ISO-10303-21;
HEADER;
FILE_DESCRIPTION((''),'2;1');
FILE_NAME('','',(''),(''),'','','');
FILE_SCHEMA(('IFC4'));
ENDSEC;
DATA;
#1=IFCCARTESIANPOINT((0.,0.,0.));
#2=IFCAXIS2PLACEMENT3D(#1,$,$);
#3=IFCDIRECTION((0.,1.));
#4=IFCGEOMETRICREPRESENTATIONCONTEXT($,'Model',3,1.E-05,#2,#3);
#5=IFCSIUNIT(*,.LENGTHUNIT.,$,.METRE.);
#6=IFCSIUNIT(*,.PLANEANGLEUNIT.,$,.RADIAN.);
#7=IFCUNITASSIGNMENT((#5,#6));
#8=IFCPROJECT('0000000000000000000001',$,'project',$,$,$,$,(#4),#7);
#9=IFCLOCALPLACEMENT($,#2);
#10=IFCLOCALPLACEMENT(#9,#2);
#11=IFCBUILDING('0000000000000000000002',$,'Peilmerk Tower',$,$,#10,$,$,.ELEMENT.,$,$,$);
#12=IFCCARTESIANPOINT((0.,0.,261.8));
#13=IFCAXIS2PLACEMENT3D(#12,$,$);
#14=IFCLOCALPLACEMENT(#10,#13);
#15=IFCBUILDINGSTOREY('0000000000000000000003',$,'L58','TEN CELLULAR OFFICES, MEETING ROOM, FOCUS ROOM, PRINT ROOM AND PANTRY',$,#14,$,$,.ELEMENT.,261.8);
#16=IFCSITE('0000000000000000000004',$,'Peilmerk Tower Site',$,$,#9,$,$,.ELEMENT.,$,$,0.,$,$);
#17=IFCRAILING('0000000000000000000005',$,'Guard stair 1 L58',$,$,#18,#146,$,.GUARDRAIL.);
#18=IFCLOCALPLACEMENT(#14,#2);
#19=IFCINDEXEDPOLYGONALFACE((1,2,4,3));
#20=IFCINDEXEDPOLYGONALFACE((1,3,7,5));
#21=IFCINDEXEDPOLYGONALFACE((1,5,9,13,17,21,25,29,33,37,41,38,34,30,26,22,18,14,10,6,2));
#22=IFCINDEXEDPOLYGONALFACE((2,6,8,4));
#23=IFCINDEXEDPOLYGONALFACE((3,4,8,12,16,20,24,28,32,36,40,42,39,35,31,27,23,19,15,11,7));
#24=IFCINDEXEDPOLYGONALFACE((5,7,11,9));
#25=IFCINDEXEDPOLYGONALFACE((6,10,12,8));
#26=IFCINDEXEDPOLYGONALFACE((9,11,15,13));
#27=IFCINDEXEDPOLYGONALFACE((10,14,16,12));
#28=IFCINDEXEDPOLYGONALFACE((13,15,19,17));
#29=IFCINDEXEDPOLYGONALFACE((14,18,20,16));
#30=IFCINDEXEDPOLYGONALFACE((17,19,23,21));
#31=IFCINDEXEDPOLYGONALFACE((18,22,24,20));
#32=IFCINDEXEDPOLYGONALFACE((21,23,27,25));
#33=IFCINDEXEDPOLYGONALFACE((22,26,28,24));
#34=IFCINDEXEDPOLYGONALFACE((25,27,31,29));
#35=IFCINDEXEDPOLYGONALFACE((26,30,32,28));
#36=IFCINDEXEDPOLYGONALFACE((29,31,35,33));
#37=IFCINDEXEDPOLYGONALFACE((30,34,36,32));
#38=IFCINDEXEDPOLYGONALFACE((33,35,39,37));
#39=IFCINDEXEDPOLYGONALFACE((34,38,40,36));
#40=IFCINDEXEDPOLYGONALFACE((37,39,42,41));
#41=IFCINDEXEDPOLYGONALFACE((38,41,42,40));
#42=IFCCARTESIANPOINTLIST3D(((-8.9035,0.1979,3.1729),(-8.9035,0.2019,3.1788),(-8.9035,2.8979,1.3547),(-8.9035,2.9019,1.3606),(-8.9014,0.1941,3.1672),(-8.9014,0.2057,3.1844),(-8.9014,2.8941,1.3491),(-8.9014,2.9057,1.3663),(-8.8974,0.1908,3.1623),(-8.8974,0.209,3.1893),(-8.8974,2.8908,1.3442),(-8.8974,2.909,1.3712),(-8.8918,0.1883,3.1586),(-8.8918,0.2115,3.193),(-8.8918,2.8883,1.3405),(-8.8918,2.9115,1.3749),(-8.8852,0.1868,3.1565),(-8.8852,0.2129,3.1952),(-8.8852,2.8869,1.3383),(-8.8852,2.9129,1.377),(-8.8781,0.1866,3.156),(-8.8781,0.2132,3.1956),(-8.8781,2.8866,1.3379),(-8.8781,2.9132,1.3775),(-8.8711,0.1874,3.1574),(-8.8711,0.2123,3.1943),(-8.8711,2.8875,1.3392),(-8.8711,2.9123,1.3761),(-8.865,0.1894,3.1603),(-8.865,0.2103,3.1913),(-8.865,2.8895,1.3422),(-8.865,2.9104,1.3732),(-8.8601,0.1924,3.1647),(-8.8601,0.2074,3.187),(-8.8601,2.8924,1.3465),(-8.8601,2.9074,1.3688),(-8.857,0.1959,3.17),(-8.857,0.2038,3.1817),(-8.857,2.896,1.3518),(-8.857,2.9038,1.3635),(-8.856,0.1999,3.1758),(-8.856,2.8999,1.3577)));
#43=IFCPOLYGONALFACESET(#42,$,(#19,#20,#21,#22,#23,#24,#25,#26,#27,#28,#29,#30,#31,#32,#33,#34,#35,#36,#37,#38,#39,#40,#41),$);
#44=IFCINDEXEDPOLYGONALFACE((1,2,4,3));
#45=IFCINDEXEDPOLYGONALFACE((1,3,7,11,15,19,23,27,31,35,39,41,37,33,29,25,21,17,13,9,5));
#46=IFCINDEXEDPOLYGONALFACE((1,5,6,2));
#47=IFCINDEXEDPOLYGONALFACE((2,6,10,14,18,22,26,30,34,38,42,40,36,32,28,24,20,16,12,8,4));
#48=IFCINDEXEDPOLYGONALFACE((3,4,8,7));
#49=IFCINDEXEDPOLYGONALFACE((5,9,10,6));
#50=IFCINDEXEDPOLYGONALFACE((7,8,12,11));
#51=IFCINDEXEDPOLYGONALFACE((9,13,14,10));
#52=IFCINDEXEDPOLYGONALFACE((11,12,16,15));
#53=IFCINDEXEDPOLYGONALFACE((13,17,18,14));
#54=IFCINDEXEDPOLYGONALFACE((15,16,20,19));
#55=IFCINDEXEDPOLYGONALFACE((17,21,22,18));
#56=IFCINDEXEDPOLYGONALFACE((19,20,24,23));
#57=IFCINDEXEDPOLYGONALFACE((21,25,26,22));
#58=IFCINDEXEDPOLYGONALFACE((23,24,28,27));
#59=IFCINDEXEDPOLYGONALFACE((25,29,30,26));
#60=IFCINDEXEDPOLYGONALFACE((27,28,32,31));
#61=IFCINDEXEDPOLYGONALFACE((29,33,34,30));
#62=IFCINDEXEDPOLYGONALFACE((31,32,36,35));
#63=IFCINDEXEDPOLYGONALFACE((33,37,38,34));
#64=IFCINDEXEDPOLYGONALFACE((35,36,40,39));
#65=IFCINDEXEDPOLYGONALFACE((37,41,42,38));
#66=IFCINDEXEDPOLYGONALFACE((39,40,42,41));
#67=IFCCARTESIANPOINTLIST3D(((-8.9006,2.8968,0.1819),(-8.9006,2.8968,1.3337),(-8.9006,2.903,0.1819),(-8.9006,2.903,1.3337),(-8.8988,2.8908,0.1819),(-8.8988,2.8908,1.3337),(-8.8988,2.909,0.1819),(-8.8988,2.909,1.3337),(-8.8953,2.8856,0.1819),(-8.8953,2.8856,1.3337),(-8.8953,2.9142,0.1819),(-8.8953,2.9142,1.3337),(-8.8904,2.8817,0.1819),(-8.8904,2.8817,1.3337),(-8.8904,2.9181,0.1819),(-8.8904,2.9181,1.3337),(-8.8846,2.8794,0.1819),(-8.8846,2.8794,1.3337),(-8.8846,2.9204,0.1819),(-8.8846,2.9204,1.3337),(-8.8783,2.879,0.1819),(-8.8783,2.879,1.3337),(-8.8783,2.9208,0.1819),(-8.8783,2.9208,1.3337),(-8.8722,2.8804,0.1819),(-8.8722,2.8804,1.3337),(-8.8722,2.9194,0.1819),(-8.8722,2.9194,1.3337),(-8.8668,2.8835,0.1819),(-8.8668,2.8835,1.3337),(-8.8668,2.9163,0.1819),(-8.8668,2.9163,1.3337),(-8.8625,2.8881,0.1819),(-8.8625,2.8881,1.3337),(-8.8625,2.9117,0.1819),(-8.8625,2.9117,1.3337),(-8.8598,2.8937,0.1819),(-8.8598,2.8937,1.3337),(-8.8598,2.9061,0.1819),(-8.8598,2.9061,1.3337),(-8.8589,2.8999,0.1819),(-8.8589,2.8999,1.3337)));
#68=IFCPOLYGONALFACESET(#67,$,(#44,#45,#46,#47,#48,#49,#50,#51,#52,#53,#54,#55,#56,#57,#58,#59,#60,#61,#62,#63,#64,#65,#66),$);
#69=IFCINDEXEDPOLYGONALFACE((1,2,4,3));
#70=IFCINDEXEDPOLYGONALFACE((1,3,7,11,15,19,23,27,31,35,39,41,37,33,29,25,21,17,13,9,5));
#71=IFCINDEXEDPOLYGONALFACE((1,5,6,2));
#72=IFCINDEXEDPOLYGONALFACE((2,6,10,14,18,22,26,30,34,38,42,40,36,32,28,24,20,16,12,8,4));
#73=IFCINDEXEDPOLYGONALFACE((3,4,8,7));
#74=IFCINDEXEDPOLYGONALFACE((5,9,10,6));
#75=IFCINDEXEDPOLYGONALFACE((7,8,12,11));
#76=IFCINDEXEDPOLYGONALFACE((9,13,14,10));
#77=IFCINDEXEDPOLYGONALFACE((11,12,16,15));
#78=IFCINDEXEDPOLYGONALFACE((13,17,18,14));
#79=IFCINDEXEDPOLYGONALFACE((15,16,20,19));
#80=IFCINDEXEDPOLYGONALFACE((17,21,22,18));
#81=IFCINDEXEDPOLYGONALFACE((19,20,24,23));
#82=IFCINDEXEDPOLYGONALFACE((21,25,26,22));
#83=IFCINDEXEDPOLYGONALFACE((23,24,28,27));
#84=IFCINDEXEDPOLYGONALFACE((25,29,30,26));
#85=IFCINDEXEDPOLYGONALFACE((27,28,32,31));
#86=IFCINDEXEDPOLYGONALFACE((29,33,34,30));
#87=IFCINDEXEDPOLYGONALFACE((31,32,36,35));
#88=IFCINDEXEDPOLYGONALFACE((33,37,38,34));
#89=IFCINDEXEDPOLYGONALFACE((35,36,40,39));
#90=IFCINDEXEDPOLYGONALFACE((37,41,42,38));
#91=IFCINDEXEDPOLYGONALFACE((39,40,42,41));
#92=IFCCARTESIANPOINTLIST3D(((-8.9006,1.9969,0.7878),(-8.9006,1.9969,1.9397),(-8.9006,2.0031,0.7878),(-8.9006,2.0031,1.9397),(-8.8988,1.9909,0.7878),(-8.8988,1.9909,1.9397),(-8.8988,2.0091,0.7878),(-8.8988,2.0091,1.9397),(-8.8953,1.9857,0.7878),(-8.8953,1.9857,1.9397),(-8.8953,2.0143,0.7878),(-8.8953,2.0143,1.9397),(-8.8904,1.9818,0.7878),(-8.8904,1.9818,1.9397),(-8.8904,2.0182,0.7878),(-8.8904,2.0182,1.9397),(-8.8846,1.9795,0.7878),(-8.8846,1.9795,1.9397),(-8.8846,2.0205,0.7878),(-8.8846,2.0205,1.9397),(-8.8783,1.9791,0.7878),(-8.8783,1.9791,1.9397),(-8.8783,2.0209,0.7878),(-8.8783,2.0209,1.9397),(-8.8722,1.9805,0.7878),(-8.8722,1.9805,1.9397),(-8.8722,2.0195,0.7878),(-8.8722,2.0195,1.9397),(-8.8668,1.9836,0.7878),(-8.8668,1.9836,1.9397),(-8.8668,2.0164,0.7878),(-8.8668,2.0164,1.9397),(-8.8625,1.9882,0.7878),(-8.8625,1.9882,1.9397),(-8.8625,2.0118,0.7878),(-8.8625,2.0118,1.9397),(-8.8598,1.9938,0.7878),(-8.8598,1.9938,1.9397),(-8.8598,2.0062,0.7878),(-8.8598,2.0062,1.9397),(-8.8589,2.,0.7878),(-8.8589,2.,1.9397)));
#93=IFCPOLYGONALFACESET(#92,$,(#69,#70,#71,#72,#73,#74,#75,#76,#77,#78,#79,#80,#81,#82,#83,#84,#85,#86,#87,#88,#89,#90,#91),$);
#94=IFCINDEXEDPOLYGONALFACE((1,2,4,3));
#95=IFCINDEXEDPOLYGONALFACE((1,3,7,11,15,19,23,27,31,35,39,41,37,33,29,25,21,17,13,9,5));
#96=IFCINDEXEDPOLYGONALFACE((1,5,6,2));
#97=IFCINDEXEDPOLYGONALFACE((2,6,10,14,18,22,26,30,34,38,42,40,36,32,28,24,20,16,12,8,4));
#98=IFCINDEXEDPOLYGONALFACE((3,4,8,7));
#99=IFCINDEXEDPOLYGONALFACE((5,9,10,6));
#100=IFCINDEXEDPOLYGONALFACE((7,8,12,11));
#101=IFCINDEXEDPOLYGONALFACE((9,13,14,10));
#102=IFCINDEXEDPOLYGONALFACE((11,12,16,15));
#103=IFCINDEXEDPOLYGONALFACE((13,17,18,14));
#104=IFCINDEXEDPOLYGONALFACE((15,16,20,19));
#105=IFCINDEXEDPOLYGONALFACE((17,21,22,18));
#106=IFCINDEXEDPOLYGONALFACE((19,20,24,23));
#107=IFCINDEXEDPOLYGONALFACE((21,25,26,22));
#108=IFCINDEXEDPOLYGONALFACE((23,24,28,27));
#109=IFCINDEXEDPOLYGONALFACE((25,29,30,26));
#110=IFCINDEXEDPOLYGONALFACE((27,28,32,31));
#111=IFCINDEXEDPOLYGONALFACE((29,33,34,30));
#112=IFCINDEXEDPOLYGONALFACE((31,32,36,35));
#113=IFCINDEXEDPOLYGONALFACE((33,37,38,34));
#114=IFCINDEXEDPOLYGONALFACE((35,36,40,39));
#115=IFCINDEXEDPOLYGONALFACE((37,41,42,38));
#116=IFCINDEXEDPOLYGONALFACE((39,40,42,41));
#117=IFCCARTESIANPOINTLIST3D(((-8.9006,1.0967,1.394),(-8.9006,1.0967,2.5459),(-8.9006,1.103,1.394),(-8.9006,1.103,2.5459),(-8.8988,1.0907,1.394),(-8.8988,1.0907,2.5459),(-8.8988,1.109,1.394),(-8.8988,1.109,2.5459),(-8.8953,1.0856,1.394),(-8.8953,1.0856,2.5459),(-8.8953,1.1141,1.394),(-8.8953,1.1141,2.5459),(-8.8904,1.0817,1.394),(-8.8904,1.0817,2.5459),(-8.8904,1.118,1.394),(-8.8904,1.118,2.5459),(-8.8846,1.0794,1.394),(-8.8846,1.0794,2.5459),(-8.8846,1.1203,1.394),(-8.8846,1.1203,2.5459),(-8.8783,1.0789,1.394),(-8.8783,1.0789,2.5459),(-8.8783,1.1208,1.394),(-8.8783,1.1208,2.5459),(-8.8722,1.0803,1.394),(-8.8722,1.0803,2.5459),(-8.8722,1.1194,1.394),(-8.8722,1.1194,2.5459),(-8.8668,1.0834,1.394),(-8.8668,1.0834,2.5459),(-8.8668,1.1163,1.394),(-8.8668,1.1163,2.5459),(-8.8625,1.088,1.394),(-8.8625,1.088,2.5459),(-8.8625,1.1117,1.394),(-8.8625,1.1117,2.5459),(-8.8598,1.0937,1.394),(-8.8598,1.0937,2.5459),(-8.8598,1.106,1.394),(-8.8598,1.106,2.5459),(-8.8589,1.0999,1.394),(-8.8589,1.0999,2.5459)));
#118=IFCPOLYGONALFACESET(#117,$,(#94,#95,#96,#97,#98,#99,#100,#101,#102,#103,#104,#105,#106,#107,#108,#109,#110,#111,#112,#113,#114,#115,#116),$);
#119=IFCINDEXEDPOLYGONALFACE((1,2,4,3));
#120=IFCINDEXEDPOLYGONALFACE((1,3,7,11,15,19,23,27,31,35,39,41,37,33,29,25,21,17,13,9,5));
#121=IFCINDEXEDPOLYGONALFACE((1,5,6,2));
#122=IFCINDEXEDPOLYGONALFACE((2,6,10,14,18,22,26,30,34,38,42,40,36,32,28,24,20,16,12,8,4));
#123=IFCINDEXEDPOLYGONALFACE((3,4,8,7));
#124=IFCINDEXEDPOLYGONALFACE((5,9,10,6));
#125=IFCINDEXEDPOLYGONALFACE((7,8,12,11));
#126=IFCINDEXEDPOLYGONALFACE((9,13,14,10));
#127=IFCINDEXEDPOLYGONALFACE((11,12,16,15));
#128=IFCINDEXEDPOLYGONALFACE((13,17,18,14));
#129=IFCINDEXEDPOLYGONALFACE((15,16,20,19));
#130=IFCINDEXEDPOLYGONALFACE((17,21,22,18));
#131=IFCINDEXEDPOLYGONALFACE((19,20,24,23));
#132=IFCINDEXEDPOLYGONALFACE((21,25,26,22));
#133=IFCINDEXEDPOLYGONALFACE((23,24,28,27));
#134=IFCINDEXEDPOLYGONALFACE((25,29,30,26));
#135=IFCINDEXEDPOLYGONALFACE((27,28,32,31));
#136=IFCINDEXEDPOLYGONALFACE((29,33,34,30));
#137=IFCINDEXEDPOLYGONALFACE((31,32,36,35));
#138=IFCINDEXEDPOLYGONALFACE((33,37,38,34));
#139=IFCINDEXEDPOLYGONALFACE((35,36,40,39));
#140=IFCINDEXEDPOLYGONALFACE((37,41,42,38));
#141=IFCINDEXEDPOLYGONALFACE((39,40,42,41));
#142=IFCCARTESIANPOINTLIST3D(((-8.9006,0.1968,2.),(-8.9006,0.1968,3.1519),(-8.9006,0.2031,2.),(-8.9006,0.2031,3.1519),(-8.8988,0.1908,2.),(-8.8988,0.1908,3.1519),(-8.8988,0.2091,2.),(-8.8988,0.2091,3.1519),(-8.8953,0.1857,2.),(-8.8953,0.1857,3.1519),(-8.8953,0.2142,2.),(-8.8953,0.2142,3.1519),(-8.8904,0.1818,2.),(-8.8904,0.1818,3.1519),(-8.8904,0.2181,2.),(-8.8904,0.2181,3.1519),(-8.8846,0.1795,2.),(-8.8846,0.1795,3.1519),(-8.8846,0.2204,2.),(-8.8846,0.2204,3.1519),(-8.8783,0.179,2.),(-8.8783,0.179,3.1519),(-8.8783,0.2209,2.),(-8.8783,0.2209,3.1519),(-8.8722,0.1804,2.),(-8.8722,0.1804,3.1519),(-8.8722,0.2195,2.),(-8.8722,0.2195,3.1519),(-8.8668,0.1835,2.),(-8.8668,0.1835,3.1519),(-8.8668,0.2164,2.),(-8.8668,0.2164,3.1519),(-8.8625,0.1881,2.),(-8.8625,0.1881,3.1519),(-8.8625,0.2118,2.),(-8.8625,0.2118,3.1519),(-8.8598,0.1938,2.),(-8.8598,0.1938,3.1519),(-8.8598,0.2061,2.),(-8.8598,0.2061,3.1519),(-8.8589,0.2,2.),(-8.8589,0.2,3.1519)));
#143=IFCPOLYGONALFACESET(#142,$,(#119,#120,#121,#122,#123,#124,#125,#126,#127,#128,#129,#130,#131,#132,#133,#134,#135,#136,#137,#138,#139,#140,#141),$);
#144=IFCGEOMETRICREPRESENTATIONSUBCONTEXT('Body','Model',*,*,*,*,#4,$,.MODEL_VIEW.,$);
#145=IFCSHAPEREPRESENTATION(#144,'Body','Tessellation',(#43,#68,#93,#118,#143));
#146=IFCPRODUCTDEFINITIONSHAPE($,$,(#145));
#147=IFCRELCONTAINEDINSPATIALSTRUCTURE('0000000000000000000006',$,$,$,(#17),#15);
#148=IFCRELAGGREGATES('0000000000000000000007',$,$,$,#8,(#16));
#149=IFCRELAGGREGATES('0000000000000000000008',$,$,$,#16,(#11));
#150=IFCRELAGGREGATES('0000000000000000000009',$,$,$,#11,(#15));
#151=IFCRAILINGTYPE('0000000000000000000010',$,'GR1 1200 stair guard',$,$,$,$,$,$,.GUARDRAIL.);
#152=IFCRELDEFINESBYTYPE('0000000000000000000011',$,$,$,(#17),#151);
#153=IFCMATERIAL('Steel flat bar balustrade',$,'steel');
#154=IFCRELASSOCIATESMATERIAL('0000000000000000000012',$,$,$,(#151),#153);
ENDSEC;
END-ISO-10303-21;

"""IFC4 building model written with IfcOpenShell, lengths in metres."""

from ifc_helpers import new_model, si_unit, direction, frame, origin, origin_2d, place, context, subcontext, project, spatial, circle, extrude, material, type_object, element, save


model = new_model("IFC4")

# Units and contexts
model_context = context("Model", 3, precision=1e-05, world=origin(), true_north=direction((0.0, 1.0)))
body_context = subcontext(model_context, "Body", "Model", "MODEL_VIEW")
ifc_project = project(units=[si_unit("LENGTHUNIT", "METRE"), si_unit("PLANEANGLEUNIT", "RADIAN")], contexts=[model_context])

# Site, building, storey
site_placement = place(None, origin())
site = spatial("IfcSite", under=ifc_project, at=site_placement, Name="Peilmerk Tower Site", CompositionType="ELEMENT", RefElevation=0.0)
building_placement = place(site_placement, origin())
building = spatial("IfcBuilding", under=site, at=building_placement, Name="Peilmerk Tower", CompositionType="ELEMENT")
storey_placement = place(building_placement, frame((0.0, 0.0, 261.8)))
storey = spatial("IfcBuildingStorey", under=building, at=storey_placement, Name="L58", Description="TEN CELLULAR OFFICES, MEETING ROOM, FOCUS ROOM, PRINT ROOM AND PANTRY", CompositionType="ELEMENT", Elevation=261.8)

# Railing
ifc_material_1 = material(Name="Steel flat bar balustrade", Category="steel")
railing_type_1 = type_object("IfcRailingType", Name="GR1 1200 stair guard", PredefinedType="GUARDRAIL", material=ifc_material_1)
railing_1_placement = place(storey_placement, frame((-8.8799, 2.8999, 0.1819)))
element("IfcRailing", 1, at=railing_1_placement, inside=storey, type_object=railing_type_1, Name="Guard stair 1 L58", PredefinedType="GUARDRAIL", context=body_context, shape_type="SweptSolid", body=[
    extrude(circle(Radius=0.0239, at=origin_2d()), frame((0.0, 0.0, 1.1758), z_axis=(0.0, -0.829468, 0.558554), x_axis=(1.0, 0.0, 0.0)), (0.0, 0.0, 1.0), 3.2551),
    extrude(circle(Radius=0.021, at=origin_2d()), origin(), (0.0, 0.0, 1.0), 1.1519),
    extrude(circle(Radius=0.021, at=origin_2d()), frame((0.0, -0.8999, 0.606)), (0.0, 0.0, 1.0), 1.1519),
    extrude(circle(Radius=0.021, at=origin_2d()), frame((0.0, -1.8, 1.2122)), (0.0, 0.0, 1.0), 1.1519),
    extrude(circle(Radius=0.021, at=origin_2d()), frame((0.0, -2.7, 1.8181)), (0.0, 0.0, 1.0), 1.1519),
])

save(model, "model.ifc")
